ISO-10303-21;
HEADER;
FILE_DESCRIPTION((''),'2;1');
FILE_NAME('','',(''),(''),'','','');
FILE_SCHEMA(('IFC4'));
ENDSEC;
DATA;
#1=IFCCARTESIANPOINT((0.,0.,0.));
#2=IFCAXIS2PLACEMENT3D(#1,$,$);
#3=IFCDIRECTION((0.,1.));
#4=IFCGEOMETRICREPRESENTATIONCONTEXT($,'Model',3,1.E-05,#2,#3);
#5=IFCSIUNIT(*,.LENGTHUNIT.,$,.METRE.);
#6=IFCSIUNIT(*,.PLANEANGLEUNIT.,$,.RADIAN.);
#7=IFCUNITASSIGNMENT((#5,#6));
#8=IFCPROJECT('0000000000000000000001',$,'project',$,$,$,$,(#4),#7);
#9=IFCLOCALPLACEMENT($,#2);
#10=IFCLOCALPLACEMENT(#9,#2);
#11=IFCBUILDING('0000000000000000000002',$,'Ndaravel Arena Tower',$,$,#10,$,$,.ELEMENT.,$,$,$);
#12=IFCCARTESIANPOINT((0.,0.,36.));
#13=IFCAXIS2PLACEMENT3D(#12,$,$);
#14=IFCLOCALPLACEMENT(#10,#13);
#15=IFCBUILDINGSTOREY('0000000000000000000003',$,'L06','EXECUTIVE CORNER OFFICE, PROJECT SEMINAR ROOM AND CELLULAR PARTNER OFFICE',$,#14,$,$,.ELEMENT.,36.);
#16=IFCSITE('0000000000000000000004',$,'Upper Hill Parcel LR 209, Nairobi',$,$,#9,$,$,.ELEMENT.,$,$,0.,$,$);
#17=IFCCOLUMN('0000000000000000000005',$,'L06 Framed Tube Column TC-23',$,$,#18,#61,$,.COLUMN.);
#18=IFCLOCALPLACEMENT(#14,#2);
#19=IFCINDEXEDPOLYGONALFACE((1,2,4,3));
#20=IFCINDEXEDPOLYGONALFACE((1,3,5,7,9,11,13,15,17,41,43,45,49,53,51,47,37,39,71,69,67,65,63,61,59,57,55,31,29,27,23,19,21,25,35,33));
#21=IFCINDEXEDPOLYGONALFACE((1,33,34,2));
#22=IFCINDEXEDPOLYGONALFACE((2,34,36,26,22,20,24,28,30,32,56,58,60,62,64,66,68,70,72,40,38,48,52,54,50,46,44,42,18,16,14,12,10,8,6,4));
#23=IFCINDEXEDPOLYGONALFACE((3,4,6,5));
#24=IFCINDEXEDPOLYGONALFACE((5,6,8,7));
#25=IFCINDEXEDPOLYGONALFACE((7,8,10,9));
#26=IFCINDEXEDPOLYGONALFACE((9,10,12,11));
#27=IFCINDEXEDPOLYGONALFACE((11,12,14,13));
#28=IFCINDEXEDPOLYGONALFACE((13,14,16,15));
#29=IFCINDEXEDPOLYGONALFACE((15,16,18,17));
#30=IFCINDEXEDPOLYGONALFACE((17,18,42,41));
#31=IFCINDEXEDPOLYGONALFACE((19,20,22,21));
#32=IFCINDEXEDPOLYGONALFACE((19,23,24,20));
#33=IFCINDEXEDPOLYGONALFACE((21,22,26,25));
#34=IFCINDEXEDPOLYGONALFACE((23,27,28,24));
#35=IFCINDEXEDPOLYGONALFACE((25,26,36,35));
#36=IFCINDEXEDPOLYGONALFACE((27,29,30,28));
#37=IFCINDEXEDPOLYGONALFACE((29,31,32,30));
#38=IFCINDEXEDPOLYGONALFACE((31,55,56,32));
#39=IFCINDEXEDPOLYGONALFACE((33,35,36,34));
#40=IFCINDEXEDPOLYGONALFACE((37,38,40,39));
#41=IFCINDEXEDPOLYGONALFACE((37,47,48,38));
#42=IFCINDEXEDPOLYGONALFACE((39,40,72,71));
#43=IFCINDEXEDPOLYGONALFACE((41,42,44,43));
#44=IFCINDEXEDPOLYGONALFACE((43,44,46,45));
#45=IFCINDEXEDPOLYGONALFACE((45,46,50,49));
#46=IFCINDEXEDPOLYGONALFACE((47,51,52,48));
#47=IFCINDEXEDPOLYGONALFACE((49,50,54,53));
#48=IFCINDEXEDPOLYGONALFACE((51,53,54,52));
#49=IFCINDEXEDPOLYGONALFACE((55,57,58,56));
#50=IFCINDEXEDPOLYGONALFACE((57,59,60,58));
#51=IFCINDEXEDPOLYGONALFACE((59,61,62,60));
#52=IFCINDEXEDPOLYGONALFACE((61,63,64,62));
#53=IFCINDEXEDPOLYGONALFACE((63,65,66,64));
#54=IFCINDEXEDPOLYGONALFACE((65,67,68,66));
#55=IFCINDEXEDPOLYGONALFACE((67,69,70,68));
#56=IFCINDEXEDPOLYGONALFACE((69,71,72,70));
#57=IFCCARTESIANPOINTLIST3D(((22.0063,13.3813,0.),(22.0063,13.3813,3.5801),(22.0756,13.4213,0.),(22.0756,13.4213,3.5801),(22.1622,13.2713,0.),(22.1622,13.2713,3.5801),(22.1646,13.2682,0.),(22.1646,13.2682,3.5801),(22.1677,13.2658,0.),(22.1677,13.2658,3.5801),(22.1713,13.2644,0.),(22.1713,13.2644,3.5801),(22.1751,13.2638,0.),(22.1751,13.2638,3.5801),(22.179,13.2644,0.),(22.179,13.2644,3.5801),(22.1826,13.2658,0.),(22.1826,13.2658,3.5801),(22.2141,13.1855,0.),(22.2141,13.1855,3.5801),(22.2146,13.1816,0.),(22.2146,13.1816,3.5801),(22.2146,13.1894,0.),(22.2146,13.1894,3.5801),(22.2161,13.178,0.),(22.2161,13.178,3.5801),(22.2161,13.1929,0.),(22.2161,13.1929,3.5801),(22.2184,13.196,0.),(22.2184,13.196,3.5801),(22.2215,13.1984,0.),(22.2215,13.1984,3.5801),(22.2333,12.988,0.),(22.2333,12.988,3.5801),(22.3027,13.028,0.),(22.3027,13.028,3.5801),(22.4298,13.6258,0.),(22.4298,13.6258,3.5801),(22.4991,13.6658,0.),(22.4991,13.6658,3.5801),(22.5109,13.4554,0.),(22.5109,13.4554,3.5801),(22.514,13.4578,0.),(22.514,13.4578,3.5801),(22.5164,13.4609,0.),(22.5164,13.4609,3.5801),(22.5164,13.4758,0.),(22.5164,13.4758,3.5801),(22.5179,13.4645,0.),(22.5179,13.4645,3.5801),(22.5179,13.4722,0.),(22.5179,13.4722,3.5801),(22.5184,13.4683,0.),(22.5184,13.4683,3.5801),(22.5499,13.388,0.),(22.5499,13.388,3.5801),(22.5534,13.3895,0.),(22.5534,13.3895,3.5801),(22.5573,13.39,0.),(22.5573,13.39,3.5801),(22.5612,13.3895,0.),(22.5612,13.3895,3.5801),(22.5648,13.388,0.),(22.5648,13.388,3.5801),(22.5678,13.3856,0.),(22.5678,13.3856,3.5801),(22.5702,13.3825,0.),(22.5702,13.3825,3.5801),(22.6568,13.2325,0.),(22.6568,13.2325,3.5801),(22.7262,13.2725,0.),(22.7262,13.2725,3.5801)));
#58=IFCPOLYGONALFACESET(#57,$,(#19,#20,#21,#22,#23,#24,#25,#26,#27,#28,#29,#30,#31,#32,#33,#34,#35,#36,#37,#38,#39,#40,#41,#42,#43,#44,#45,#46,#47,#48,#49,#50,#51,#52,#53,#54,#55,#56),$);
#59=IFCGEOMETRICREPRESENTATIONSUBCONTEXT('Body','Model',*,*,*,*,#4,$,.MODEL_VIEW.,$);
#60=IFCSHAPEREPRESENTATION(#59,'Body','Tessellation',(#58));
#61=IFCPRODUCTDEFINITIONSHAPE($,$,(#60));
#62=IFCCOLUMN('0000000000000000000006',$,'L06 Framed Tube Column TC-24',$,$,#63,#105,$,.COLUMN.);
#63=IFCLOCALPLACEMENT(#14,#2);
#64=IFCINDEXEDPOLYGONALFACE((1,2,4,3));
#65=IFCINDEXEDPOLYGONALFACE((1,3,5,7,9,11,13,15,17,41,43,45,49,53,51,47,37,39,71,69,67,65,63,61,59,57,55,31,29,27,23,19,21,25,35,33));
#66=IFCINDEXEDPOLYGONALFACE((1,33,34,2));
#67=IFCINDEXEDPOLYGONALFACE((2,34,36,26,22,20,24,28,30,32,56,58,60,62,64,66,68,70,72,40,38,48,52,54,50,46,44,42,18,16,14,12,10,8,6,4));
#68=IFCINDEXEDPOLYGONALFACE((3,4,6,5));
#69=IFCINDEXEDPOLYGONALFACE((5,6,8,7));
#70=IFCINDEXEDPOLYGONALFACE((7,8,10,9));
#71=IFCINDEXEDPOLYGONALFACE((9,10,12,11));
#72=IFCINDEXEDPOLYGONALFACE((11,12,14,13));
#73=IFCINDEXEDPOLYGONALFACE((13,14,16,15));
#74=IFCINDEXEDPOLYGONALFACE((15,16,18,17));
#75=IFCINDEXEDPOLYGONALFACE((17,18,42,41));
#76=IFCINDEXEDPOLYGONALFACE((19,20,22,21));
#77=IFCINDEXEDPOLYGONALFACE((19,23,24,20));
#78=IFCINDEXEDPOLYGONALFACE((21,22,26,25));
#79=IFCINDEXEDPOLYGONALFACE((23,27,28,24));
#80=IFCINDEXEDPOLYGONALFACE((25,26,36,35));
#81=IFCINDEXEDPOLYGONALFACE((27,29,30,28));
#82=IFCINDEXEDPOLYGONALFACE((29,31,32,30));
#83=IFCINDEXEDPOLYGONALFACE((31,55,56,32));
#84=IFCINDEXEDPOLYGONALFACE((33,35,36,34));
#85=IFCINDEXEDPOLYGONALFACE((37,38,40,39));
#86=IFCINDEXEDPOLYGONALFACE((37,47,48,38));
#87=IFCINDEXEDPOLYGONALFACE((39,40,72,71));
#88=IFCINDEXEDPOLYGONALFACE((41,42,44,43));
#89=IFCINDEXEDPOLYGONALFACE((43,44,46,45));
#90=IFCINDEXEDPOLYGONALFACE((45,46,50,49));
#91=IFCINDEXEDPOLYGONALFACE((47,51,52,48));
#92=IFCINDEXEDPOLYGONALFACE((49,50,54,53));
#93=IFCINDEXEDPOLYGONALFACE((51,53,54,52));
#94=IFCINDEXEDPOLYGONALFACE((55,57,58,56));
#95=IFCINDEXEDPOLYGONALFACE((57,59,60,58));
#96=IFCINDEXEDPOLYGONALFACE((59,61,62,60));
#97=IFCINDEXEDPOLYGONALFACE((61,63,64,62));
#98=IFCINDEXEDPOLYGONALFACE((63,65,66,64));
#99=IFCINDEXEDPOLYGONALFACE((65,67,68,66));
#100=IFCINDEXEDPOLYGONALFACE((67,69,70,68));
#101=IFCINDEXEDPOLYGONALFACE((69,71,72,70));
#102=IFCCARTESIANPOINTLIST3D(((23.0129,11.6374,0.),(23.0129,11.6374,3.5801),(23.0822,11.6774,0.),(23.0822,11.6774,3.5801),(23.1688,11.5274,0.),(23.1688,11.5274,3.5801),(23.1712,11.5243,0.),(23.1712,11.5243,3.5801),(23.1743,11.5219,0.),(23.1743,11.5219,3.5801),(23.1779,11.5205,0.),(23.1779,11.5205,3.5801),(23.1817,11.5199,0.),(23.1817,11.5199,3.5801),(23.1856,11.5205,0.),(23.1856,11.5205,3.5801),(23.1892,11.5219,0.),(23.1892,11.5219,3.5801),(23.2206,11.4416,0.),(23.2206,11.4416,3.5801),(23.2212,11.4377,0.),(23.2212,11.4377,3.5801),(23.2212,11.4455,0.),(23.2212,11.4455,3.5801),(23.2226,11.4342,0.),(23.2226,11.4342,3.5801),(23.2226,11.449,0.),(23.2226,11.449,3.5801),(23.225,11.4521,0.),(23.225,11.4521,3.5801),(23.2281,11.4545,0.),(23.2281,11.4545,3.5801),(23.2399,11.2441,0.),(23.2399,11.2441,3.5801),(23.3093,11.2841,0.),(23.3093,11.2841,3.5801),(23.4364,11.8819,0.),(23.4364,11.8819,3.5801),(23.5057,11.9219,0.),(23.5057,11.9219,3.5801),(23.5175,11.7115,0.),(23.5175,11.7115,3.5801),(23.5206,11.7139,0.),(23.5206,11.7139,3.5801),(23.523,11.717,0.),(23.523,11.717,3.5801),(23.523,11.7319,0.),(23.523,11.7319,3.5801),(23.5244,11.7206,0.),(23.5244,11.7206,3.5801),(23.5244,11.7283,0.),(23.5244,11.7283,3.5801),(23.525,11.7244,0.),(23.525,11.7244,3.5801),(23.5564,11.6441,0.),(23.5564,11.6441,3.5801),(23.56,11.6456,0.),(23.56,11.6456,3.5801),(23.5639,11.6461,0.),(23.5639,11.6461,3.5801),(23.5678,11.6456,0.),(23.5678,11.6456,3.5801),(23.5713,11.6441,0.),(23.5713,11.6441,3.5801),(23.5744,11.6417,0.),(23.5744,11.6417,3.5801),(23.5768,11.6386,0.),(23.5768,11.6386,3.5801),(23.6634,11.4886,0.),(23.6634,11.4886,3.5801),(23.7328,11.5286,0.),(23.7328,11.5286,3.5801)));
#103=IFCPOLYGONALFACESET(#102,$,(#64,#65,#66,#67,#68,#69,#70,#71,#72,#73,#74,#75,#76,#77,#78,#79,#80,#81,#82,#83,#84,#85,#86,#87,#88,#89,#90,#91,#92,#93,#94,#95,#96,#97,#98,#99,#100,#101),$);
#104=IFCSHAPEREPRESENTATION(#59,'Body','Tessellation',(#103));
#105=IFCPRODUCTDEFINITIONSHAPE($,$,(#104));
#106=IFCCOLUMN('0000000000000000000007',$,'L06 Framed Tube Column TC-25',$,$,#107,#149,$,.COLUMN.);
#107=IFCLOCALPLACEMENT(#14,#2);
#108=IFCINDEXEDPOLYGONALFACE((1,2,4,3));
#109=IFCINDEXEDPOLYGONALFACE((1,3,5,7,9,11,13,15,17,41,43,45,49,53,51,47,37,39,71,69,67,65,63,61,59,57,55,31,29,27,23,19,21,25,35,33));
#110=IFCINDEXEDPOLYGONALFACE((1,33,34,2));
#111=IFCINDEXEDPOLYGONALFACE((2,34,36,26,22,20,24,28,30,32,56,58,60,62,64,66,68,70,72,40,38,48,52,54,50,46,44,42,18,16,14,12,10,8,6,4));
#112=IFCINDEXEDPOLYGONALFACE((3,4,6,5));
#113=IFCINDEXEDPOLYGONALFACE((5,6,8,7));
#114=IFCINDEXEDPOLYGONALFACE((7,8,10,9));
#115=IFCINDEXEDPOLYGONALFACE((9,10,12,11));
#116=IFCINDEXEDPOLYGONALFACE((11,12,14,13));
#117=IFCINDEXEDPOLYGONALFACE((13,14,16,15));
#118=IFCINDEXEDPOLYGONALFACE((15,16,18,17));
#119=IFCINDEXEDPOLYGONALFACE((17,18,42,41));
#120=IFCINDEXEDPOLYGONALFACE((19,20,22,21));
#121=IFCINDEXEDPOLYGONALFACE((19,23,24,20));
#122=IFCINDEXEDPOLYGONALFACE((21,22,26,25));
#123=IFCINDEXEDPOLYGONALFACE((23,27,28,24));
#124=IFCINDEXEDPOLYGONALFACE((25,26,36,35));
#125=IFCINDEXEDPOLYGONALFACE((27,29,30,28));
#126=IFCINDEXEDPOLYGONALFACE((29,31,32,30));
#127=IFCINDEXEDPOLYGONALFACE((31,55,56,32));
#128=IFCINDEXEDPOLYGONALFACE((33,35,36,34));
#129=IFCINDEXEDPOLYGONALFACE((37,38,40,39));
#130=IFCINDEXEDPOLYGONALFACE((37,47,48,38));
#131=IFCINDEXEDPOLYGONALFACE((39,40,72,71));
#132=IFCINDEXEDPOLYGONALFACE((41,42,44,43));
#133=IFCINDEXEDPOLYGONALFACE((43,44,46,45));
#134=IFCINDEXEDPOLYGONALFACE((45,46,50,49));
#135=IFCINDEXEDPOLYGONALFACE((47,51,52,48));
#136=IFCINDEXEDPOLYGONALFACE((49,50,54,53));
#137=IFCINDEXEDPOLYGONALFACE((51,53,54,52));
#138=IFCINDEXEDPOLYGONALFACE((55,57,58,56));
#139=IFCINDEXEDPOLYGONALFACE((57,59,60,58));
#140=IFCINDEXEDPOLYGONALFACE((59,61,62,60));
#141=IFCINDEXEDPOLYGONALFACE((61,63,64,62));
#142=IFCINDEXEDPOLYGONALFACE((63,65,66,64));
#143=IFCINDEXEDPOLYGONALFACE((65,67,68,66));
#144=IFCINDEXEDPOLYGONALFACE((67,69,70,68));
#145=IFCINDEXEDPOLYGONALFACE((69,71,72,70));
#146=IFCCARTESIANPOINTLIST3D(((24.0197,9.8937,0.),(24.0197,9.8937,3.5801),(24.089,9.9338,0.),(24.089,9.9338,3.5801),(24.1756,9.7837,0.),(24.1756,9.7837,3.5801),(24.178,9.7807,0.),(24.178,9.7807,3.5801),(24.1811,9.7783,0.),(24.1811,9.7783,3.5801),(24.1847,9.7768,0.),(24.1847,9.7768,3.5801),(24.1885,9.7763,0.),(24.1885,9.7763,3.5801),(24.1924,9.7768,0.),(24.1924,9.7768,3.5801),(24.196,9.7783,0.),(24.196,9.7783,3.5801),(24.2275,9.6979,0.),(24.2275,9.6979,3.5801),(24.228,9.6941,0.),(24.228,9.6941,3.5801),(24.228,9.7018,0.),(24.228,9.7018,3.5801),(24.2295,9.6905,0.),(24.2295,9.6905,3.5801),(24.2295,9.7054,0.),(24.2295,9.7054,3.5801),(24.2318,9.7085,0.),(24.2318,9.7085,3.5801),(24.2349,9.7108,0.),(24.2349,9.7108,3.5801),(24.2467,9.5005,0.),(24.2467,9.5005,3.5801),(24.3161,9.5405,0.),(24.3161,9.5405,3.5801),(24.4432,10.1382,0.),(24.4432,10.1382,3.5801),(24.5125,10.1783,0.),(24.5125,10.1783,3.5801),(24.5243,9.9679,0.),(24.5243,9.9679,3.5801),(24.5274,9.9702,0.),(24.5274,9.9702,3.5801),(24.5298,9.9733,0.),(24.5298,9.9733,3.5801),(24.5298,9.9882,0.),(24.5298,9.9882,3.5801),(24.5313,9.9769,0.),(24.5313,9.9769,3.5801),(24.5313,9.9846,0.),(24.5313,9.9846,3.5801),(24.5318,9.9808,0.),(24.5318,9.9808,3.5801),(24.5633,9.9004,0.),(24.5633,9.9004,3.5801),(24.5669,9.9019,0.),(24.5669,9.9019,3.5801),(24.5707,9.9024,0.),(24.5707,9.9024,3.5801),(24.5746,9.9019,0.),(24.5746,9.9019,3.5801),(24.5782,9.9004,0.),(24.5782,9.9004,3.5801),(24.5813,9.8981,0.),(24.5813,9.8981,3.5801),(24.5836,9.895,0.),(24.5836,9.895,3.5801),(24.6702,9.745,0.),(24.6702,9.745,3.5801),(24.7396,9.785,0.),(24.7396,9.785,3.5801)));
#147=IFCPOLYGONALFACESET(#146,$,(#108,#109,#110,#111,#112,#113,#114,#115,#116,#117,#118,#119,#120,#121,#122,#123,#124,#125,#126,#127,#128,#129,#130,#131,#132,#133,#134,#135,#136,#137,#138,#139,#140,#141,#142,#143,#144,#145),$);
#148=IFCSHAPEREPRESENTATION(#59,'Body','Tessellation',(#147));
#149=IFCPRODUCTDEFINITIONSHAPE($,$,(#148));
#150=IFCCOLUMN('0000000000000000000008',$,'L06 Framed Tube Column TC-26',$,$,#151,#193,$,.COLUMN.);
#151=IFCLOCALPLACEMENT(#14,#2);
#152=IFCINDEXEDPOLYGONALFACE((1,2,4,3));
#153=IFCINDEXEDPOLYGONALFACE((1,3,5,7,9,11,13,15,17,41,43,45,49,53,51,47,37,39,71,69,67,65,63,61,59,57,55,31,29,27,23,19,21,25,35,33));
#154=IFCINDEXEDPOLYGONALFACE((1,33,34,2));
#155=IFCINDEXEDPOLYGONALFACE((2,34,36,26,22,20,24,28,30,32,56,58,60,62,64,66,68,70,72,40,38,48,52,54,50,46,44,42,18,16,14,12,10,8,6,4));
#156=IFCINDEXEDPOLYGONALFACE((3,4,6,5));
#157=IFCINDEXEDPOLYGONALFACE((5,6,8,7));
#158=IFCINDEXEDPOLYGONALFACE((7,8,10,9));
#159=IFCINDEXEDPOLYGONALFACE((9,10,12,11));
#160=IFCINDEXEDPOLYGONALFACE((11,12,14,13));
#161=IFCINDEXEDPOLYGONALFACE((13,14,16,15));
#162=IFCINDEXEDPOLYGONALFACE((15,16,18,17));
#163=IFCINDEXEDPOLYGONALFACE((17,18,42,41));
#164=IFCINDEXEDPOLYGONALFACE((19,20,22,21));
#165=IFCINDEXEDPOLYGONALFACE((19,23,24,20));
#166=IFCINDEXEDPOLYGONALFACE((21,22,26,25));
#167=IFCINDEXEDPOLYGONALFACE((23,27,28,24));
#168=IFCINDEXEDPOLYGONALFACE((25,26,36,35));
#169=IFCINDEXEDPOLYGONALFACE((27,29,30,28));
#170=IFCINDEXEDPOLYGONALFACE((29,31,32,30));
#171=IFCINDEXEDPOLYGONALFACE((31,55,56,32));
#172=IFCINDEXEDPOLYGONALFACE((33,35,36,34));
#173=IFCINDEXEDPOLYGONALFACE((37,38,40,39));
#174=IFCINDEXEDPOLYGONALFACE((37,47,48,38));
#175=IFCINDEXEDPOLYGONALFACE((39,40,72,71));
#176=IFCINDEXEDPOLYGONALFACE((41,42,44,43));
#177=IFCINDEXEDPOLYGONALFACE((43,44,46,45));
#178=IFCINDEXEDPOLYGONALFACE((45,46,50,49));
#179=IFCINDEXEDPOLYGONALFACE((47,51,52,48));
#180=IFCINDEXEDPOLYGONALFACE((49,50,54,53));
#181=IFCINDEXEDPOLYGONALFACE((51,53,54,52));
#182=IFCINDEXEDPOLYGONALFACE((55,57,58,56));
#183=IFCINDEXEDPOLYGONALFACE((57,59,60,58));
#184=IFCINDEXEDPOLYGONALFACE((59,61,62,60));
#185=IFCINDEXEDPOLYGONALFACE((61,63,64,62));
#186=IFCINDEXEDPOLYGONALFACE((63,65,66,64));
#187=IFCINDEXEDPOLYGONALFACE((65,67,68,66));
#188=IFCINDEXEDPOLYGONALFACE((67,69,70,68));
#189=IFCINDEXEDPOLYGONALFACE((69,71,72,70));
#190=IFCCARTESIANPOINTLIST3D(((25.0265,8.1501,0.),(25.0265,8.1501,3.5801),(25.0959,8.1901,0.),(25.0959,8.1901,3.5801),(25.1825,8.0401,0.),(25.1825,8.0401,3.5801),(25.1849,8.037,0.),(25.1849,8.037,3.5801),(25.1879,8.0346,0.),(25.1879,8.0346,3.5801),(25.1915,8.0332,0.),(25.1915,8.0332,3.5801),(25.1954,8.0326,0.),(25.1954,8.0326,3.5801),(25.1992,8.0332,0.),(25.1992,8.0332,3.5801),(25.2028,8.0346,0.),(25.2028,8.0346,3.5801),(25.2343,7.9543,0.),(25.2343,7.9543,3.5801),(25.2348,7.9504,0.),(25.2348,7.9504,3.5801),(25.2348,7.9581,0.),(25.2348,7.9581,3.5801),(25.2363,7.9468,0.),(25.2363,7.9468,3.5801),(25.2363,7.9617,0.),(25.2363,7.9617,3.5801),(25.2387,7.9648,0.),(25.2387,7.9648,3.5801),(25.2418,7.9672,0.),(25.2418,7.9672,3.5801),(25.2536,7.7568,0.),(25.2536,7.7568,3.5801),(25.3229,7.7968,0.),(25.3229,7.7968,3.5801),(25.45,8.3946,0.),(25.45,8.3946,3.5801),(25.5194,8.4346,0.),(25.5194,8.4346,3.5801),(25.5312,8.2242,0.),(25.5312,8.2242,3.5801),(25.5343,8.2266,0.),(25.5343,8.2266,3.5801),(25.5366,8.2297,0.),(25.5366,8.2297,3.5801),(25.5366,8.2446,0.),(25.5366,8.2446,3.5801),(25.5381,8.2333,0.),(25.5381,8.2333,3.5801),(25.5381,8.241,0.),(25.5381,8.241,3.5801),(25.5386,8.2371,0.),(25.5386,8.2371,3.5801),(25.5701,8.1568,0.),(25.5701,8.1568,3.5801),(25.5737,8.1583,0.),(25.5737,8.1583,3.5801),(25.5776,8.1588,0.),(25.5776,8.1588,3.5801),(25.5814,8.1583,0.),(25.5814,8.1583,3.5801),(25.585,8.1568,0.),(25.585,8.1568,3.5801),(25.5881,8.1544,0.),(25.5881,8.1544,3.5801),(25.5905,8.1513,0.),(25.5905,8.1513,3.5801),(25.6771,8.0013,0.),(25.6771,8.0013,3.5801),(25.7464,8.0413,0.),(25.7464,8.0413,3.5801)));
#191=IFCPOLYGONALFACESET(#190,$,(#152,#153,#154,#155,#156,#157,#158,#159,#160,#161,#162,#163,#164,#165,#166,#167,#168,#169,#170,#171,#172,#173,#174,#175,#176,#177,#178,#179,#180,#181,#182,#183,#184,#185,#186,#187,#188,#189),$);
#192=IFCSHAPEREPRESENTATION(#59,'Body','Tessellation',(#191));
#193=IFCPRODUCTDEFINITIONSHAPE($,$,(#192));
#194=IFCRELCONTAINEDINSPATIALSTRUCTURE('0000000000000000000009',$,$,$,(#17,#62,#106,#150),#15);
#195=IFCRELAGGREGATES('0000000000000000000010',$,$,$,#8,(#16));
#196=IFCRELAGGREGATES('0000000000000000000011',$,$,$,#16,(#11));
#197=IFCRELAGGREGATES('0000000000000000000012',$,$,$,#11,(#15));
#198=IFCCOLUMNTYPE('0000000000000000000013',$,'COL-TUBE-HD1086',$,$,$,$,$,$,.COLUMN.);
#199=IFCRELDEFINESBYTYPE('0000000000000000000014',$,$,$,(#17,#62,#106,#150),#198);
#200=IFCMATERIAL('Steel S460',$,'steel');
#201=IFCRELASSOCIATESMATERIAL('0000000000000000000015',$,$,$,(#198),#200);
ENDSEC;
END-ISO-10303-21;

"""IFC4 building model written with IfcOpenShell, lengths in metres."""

from ifc_helpers import new_model, si_unit, direction, frame, origin, origin_2d, place, context, subcontext, project, spatial, i_section, extrude, material, material_profile, profile_set, type_object, element, save


model = new_model("IFC4")

# Units and contexts
model_context = context("Model", 3, precision=1e-05, world=origin(), true_north=direction((0.0, 1.0)))
body_context = subcontext(model_context, "Body", "Model", "MODEL_VIEW")
ifc_project = project(units=[si_unit("LENGTHUNIT", "METRE"), si_unit("PLANEANGLEUNIT", "RADIAN")], contexts=[model_context])

# Site, building, storey
site_placement = place(None, origin())
site = spatial("IfcSite", under=ifc_project, at=site_placement, Name="Upper Hill Parcel LR 209, Nairobi", CompositionType="ELEMENT", RefElevation=0.0)
building_placement = place(site_placement, origin())
building = spatial("IfcBuilding", under=site, at=building_placement, Name="Ndaravel Arena Tower", CompositionType="ELEMENT")
storey_placement = place(building_placement, frame((0.0, 0.0, 36.0)))
storey = spatial("IfcBuildingStorey", under=building, at=storey_placement, Name="L06", Description="EXECUTIVE CORNER OFFICE, PROJECT SEMINAR ROOM AND CELLULAR PARTNER OFFICE", CompositionType="ELEMENT", Elevation=36.0)

# Columns
ifc_material_1 = material(Name="Steel S460", Category="steel")
ifc_material_profile_1 = material_profile(ifc_material_1, i_section(OverallWidth=0.4541, OverallDepth=0.5691, WebThickness=0.0779, FlangeThickness=0.0801, FilletRadius=0.0149, at=origin_2d()), Name="HD 400x1086")
ifc_profile_set_1 = profile_set([ifc_material_profile_1], Name="Steel S460")
column_type = type_object("IfcColumnType", Name="COL-TUBE-HD1086", PredefinedType="COLUMN", material=ifc_profile_set_1)
for number, where, z_axis, x_axis, name in (
    (1, (22.3662, 13.3269, 0.0), (0.0, 0.0, 1.0), (-0.5, 0.866025, 0.0), "L06 Framed Tube Column TC-23"),
    (2, (23.3728, 11.583, 0.0), (0.0, 0.0, 1.0), (-0.5, 0.866025, 0.0), "L06 Framed Tube Column TC-24"),
    (3, (24.3796, 9.8394, 0.0), (0.0, 0.0, 1.0), (-0.5, 0.866025, 0.0), "L06 Framed Tube Column TC-25"),
    (4, (25.3865, 8.0957, 0.0), (0.0, 0.0, 1.0), (-0.5, 0.866025, 0.0), "L06 Framed Tube Column TC-26"),
):
    element("IfcColumn", number, at=place(storey_placement, frame(where, z_axis=z_axis, x_axis=x_axis)), inside=storey, type_object=column_type, Name=name, PredefinedType="COLUMN", context=body_context, shape_type="SweptSolid", body=[
        extrude(i_section(OverallWidth=0.4541, OverallDepth=0.5691, WebThickness=0.0779, FlangeThickness=0.0801, FilletRadius=0.0149, at=origin_2d()), origin(), (0.0, 0.0, 1.0), 3.5801),
    ])

save(model, "model.ifc")
